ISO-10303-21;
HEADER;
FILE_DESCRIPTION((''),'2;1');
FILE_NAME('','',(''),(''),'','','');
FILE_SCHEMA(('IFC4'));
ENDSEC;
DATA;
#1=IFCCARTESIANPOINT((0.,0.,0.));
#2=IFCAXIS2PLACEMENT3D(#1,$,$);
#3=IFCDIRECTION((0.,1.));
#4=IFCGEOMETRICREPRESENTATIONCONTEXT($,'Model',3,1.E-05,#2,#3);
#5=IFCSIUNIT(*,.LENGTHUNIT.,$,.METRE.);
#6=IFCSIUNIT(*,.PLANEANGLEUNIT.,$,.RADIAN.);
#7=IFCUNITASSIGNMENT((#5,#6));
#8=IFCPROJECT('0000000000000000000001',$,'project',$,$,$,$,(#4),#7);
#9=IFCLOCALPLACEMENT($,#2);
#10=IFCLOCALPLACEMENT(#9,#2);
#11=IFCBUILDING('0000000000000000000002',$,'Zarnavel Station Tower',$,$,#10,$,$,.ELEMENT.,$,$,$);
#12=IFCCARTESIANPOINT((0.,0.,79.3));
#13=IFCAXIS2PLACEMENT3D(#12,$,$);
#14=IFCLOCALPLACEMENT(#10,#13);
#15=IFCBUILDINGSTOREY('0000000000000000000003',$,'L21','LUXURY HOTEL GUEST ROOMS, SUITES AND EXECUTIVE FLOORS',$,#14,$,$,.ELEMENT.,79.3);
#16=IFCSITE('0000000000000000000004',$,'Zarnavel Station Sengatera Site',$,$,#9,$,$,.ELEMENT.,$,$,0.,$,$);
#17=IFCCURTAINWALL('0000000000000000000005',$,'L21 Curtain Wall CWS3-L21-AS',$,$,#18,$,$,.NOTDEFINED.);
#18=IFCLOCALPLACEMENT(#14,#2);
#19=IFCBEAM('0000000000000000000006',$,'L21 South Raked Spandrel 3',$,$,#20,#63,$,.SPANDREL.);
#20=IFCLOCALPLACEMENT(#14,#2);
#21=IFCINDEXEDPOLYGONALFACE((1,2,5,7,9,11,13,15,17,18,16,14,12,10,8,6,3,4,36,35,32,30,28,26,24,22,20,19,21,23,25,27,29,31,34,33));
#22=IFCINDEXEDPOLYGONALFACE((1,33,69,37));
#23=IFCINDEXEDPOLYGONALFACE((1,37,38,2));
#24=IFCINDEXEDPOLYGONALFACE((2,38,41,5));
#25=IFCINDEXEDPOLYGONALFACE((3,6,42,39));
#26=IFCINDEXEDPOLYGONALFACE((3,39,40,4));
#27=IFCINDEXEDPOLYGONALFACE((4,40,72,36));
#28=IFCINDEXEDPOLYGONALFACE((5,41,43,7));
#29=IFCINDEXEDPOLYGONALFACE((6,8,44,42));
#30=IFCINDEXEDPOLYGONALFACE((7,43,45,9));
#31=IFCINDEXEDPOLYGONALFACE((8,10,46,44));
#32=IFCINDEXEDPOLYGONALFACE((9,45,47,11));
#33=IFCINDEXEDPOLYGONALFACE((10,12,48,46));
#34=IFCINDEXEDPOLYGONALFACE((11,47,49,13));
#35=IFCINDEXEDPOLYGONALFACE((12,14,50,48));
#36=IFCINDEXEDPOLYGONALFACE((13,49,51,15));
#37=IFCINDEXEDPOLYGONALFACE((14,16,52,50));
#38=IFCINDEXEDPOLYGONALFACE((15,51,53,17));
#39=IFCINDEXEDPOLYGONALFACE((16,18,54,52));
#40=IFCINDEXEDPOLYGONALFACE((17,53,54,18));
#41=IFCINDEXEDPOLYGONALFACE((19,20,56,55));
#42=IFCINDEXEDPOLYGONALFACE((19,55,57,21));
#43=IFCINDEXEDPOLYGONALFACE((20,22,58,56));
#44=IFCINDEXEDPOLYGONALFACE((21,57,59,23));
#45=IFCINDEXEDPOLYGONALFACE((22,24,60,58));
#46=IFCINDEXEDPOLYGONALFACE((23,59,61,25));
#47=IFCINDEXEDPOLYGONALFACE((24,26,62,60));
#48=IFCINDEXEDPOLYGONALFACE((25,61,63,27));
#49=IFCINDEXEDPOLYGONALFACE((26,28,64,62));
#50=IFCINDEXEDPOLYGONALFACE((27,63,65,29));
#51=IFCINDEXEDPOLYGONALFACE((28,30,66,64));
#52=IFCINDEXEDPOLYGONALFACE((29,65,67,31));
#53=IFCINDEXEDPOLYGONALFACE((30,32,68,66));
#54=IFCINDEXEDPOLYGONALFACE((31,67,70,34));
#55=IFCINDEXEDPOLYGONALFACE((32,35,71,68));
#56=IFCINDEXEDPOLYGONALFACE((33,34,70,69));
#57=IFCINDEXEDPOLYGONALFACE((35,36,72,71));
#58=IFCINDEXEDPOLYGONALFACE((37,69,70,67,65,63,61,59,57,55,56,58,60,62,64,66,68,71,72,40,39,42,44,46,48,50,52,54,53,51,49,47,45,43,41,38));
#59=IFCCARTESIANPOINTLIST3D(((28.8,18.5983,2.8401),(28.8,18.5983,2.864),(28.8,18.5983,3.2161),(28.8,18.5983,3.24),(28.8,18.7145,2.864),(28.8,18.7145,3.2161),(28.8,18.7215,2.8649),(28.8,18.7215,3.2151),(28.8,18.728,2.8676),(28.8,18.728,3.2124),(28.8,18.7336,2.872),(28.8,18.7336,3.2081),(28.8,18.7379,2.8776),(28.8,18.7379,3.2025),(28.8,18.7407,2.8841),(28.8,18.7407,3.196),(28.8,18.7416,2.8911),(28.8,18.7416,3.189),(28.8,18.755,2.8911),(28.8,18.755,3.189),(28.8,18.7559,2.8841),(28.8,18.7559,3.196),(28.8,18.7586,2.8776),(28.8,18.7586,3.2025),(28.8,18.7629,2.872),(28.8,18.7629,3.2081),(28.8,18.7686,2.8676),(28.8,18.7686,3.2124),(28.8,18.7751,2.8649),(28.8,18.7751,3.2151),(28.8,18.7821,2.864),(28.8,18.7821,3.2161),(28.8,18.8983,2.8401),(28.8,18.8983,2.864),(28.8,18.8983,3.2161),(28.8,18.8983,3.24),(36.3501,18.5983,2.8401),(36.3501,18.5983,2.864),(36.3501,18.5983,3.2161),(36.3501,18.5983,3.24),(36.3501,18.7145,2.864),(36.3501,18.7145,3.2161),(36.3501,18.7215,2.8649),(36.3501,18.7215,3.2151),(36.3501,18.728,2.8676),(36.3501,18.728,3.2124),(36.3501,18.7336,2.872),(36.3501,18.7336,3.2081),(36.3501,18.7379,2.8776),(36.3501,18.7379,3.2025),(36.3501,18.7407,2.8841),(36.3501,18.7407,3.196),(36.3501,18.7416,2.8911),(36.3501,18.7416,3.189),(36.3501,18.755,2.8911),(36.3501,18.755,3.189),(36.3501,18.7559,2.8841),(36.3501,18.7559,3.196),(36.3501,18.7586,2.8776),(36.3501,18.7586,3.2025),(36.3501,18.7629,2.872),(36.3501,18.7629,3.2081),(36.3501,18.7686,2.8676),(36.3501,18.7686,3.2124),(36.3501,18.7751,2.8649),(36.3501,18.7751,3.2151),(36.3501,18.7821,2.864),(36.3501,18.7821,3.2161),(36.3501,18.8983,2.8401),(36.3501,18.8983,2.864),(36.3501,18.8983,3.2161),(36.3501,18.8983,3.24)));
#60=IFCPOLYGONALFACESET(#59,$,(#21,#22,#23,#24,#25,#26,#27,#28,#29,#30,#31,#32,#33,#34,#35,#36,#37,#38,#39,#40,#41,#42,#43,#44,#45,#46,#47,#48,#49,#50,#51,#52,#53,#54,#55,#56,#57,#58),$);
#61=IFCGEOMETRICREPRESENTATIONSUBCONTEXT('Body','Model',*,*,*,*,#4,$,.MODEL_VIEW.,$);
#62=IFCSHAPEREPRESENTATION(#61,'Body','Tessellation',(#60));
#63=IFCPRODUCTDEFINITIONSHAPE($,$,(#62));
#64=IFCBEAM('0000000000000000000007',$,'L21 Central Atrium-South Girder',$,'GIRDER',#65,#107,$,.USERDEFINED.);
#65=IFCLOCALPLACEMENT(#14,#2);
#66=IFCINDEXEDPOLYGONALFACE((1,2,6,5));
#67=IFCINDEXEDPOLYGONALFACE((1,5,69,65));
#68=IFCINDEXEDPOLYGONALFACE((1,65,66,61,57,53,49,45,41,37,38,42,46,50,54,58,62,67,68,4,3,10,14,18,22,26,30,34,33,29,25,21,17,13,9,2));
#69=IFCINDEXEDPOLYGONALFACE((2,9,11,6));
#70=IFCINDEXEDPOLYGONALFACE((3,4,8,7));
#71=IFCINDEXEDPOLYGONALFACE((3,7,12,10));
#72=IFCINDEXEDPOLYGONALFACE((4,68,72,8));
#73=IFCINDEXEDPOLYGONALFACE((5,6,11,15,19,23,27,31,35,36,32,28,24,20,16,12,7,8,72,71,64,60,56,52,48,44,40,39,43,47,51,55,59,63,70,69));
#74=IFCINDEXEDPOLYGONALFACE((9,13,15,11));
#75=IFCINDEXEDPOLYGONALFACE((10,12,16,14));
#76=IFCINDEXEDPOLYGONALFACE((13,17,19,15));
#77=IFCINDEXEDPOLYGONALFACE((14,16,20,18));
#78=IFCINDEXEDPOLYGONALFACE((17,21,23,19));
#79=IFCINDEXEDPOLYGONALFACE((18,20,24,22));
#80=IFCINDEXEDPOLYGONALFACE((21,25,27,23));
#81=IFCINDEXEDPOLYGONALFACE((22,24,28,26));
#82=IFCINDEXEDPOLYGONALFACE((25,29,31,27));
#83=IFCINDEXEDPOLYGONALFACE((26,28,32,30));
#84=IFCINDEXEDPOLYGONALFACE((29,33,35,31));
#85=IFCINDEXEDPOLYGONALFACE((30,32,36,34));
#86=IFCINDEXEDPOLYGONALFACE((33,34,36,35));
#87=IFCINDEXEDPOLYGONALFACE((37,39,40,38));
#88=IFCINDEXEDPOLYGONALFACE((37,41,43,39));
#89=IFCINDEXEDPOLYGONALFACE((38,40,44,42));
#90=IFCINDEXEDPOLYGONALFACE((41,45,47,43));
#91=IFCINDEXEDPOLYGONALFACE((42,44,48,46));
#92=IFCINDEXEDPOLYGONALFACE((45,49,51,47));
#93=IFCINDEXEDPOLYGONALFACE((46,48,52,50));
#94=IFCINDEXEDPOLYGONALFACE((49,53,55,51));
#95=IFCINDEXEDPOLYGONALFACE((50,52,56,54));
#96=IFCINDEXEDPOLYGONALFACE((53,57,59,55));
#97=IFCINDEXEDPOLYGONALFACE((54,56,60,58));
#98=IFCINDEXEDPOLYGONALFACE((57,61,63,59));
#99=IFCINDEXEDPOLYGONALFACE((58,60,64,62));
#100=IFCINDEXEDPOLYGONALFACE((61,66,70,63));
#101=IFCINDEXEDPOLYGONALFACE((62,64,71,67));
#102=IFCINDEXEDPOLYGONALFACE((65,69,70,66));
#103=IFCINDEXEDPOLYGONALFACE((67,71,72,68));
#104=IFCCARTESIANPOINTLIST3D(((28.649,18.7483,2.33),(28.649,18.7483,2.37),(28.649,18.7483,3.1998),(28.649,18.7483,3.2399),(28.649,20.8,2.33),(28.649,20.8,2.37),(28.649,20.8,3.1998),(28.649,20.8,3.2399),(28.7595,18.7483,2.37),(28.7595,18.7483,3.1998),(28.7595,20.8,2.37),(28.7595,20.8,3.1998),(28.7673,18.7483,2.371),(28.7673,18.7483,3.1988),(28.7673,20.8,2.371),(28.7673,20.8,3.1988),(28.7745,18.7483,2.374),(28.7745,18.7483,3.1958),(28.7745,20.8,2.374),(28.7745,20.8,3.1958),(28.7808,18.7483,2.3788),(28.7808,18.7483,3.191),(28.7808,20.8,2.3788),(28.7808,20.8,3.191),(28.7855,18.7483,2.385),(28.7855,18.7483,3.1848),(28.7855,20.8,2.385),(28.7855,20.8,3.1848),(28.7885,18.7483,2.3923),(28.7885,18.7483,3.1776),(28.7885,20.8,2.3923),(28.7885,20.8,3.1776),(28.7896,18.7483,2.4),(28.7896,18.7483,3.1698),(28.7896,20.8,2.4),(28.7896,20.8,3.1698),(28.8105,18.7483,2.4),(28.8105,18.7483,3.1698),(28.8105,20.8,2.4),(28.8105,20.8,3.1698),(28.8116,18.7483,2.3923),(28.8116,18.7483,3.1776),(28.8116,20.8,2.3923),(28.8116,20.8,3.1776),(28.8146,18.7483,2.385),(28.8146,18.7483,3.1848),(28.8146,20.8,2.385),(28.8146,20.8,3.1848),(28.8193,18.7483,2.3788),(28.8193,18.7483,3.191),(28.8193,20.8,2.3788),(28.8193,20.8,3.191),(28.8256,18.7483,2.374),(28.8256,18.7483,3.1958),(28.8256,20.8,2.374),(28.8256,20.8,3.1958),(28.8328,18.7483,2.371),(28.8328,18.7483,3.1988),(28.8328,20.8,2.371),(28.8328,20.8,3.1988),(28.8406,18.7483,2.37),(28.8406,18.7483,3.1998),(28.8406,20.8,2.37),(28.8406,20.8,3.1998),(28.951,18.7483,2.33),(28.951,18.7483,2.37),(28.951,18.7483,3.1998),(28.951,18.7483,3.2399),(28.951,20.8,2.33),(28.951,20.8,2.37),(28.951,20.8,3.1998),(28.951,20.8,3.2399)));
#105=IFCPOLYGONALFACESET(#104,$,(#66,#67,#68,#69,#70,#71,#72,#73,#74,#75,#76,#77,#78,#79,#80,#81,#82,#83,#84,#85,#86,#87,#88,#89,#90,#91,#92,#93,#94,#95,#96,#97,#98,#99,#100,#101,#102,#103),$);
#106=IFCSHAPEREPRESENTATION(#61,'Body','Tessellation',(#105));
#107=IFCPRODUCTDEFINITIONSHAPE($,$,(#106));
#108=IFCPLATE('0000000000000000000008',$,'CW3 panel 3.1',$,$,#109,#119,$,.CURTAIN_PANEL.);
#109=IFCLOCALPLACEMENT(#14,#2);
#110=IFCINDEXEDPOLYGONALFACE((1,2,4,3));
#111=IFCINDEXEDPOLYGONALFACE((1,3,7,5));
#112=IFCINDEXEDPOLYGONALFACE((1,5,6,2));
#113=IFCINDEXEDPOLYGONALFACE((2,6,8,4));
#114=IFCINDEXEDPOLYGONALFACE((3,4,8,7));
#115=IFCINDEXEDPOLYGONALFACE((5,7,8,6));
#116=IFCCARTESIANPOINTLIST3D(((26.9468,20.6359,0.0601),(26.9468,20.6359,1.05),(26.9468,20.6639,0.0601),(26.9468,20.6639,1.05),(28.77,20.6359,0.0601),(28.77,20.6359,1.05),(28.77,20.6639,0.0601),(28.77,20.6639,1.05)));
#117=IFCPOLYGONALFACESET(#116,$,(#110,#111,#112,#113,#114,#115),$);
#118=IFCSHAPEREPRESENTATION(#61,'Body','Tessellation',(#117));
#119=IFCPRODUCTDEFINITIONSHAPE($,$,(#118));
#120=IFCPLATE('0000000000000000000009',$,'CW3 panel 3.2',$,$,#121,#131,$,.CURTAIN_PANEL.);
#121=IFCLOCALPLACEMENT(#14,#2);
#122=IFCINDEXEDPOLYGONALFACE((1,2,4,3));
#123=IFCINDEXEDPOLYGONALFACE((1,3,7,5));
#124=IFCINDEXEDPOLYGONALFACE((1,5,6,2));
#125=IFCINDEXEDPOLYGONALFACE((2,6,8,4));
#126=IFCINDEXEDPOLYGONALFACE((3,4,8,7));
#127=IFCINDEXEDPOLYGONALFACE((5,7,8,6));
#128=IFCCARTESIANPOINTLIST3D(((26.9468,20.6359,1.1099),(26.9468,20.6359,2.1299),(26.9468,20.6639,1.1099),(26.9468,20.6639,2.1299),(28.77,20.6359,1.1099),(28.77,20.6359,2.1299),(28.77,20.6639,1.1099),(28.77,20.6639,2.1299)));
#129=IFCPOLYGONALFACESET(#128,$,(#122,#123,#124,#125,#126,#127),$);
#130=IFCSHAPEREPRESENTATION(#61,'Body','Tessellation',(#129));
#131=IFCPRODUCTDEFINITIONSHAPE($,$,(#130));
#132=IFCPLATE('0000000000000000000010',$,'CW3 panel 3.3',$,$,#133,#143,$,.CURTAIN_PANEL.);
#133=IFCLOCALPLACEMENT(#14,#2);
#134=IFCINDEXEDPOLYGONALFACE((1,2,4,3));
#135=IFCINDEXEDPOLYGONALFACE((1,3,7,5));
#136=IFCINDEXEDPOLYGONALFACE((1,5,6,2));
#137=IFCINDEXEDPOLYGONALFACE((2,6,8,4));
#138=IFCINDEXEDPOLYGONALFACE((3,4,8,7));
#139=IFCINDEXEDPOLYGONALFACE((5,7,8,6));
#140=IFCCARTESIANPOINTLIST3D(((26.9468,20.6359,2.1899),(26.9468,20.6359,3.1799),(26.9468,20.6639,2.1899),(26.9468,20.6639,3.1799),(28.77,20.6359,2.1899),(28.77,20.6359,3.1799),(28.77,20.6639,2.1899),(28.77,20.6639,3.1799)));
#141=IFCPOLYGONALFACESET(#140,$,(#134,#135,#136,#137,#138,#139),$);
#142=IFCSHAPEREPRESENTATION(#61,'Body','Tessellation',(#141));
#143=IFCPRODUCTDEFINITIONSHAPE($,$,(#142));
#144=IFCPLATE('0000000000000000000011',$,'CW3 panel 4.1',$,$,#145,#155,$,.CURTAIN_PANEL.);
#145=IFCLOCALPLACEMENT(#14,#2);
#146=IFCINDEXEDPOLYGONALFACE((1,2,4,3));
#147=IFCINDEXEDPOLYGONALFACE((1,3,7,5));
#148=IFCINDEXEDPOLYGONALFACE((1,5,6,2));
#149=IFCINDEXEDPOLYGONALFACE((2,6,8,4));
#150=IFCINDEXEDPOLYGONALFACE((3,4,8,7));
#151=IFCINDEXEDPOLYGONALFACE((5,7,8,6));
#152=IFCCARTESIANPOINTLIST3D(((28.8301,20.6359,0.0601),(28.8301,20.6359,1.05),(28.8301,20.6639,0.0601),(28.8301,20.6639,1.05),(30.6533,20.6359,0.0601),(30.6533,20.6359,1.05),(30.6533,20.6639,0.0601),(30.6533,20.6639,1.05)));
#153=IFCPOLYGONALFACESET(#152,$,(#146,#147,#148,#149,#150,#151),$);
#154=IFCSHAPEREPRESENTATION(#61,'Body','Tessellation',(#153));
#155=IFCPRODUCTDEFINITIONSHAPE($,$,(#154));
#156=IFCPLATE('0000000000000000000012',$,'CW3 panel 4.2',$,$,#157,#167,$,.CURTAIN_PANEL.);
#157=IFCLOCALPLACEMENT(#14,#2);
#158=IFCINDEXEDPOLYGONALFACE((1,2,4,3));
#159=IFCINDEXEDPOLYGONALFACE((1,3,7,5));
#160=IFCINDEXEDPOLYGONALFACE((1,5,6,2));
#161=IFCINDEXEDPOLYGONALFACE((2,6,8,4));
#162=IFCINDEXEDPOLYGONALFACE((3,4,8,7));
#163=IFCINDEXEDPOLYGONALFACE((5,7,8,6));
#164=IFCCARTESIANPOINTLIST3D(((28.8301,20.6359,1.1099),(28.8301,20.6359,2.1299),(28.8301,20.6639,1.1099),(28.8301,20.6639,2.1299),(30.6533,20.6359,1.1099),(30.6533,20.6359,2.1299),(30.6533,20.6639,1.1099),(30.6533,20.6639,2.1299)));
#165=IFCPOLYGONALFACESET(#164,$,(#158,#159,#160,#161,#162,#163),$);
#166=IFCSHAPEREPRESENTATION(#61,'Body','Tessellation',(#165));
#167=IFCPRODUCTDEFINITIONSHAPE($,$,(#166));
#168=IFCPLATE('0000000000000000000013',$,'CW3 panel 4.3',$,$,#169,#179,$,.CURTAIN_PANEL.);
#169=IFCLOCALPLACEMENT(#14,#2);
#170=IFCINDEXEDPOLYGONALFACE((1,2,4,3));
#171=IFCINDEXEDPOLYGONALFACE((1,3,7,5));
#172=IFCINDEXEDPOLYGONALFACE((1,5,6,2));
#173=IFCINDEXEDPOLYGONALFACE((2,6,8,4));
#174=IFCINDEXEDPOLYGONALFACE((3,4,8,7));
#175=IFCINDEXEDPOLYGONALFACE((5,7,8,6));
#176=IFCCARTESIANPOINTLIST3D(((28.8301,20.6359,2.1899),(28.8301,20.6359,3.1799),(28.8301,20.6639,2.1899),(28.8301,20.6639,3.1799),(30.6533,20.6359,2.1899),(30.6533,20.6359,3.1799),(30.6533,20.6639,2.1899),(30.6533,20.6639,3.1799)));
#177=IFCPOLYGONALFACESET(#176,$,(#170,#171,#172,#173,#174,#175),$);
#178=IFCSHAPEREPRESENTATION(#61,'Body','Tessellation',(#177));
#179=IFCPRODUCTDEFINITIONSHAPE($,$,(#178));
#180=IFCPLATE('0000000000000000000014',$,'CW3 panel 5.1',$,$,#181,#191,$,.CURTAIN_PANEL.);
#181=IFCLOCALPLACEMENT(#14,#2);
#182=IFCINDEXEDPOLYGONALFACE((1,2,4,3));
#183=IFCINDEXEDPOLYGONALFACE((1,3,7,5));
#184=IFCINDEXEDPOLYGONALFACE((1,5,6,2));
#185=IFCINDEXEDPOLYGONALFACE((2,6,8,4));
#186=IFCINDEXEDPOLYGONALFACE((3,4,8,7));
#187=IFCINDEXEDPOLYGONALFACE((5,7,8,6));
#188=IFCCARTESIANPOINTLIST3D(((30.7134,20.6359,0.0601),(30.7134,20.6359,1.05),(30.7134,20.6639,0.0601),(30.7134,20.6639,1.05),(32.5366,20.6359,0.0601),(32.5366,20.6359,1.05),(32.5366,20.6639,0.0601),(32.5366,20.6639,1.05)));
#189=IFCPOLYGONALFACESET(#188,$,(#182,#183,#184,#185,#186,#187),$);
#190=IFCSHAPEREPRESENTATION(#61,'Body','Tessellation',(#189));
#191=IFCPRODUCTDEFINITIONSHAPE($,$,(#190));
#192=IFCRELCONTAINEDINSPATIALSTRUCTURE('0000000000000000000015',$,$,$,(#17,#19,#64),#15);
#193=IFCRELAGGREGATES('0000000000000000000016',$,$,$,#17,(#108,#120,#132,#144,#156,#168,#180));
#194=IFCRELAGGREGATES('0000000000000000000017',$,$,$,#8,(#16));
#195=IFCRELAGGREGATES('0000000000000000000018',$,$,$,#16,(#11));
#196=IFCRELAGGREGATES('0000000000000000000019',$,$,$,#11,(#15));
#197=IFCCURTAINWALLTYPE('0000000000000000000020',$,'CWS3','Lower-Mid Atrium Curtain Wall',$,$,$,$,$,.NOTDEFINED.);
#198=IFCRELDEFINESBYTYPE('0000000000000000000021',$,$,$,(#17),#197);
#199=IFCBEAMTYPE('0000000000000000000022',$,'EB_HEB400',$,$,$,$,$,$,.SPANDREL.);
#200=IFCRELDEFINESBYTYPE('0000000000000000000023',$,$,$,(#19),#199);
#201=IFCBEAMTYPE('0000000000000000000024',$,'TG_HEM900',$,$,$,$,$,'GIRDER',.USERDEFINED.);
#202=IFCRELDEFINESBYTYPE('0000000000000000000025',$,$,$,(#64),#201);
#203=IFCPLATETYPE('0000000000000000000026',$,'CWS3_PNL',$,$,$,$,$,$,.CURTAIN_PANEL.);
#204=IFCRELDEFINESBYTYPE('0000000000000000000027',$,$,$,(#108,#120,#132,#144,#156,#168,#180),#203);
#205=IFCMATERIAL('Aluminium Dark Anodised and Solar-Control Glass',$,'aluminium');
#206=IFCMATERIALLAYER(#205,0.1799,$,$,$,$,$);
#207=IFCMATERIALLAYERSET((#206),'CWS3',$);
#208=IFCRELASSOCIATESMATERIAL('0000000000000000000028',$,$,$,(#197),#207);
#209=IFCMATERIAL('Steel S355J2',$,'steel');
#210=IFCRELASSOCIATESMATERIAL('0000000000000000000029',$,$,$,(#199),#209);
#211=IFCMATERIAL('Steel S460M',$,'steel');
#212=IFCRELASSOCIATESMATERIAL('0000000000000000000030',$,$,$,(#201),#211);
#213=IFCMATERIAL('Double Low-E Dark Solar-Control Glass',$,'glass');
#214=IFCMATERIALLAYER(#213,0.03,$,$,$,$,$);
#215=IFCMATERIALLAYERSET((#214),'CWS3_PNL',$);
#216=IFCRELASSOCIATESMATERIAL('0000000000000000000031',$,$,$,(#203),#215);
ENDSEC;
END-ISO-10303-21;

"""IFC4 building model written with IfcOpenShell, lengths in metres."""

from ifc_helpers import new_model, si_unit, direction, frame, origin, origin_2d, place, context, subcontext, project, spatial, rectangle, i_section, extrude, material, layer, layer_set, material_profile, profile_set, type_object, element, aggregate, save


model = new_model("IFC4")

# Units and contexts
model_context = context("Model", 3, precision=1e-05, world=origin(), true_north=direction((0.0, 1.0)))
body_context = subcontext(model_context, "Body", "Model", "MODEL_VIEW")
ifc_project = project(units=[si_unit("LENGTHUNIT", "METRE"), si_unit("PLANEANGLEUNIT", "RADIAN")], contexts=[model_context])

# Site, building, storey
site_placement = place(None, origin())
site = spatial("IfcSite", under=ifc_project, at=site_placement, Name="Zarnavel Station Sengatera Site", CompositionType="ELEMENT", RefElevation=0.0)
building_placement = place(site_placement, origin())
building = spatial("IfcBuilding", under=site, at=building_placement, Name="Zarnavel Station Tower", CompositionType="ELEMENT")
storey_placement = place(building_placement, frame((0.0, 0.0, 79.3)))
storey = spatial("IfcBuildingStorey", under=building, at=storey_placement, Name="L21", Description="LUXURY HOTEL GUEST ROOMS, SUITES AND EXECUTIVE FLOORS", CompositionType="ELEMENT", Elevation=79.3)

# Curtain wall
ifc_material_1 = material(Name="Aluminium Dark Anodised and Solar-Control Glass", Category="aluminium")
ifc_layer_1 = layer(ifc_material_1, 0.1799)
ifc_layer_set_1 = layer_set([ifc_layer_1], Name="CWS3")
curtain_wall_type = type_object("IfcCurtainWallType", Name="CWS3", Description="Lower-Mid Atrium Curtain Wall", PredefinedType="NOTDEFINED", material=ifc_layer_set_1)
curtain_wall_placement = place(storey_placement, origin())
curtain_wall = element("IfcCurtainWall", 1, at=curtain_wall_placement, inside=storey, type_object=curtain_wall_type, Name="L21 Curtain Wall CWS3-L21-AS", PredefinedType="NOTDEFINED")

# Beams
ifc_material_2 = material(Name="Steel S355J2", Category="steel")
ifc_material_profile_1 = material_profile(ifc_material_2, i_section(OverallWidth=0.3, OverallDepth=0.3999, WebThickness=0.0134, FlangeThickness=0.0239, FilletRadius=0.0271, at=origin_2d()), Name="HEB400")
ifc_profile_set_1 = profile_set([ifc_material_profile_1], Name="Steel S355J2")
beam_type_1 = type_object("IfcBeamType", Name="EB_HEB400", PredefinedType="SPANDREL", material=ifc_profile_set_1)
beam_1_placement = place(storey_placement, frame((28.8, 18.7483, 3.04), z_axis=(1.0, 0.0, 0.0), x_axis=(0.0, 1.0, 0.0)))
element("IfcBeam", 2, at=beam_1_placement, inside=storey, type_object=beam_type_1, Name="L21 South Raked Spandrel 3", PredefinedType="SPANDREL", context=body_context, shape_type="SweptSolid", body=[
    extrude(i_section(OverallWidth=0.3, OverallDepth=0.3999, WebThickness=0.0134, FlangeThickness=0.0239, FilletRadius=0.0271, at=origin_2d()), origin(), (0.0, 0.0, 1.0), 7.55),
])
ifc_material_3 = material(Name="Steel S460M", Category="steel")
ifc_material_profile_2 = material_profile(ifc_material_3, i_section(OverallWidth=0.302, OverallDepth=0.9099, WebThickness=0.021, FlangeThickness=0.04, FilletRadius=0.03, at=origin_2d()), Name="HEM900")
ifc_profile_set_2 = profile_set([ifc_material_profile_2], Name="Steel S460M")
beam_type_2 = type_object("IfcBeamType", Name="TG_HEM900", ElementType="GIRDER", PredefinedType="USERDEFINED", material=ifc_profile_set_2)
beam_2_placement = place(storey_placement, frame((28.8, 18.7483, 2.7849), z_axis=(0.0, 1.0, 0.0), x_axis=(-1.0, 0.0, 0.0)))
element("IfcBeam", 3, at=beam_2_placement, inside=storey, type_object=beam_type_2, Name="L21 Central Atrium-South Girder", ObjectType="GIRDER", PredefinedType="USERDEFINED", context=body_context, shape_type="SweptSolid", body=[
    extrude(i_section(OverallWidth=0.302, OverallDepth=0.9099, WebThickness=0.021, FlangeThickness=0.04, FilletRadius=0.03, at=origin_2d()), origin(), (0.0, 0.0, 1.0), 2.0518),
])

# Plates
ifc_material_4 = material(Name="Double Low-E Dark Solar-Control Glass", Category="glass")
ifc_layer_2 = layer(ifc_material_4, 0.03)
ifc_layer_set_2 = layer_set([ifc_layer_2], Name="CWS3_PNL")
plate_type = type_object("IfcPlateType", Name="CWS3_PNL", PredefinedType="CURTAIN_PANEL", material=ifc_layer_set_2)
plate_1_placement = place(storey_placement, frame((27.8584, 20.6499, 0.0601), z_axis=(0.0, 0.0, 1.0), x_axis=(1.0, 0.0, 0.0)))
plate_1 = element("IfcPlate", 4, at=plate_1_placement, type_object=plate_type, Name="CW3 panel 3.1", PredefinedType="CURTAIN_PANEL", context=body_context, shape_type="SweptSolid", body=[
    extrude(rectangle(XDim=1.8232, YDim=0.0281, at=origin_2d()), origin(), (0.0, 0.0, 1.0), 0.99),
])
plate_2_placement = place(storey_placement, frame((27.8584, 20.6499, 1.1099), z_axis=(0.0, 0.0, 1.0), x_axis=(1.0, 0.0, 0.0)))
plate_2 = element("IfcPlate", 5, at=plate_2_placement, type_object=plate_type, Name="CW3 panel 3.2", PredefinedType="CURTAIN_PANEL", context=body_context, shape_type="SweptSolid", body=[
    extrude(rectangle(XDim=1.8232, YDim=0.0281, at=origin_2d()), origin(), (0.0, 0.0, 1.0), 1.02),
])
plate_3_placement = place(storey_placement, frame((27.8584, 20.6499, 2.1899), z_axis=(0.0, 0.0, 1.0), x_axis=(1.0, 0.0, 0.0)))
plate_3 = element("IfcPlate", 6, at=plate_3_placement, type_object=plate_type, Name="CW3 panel 3.3", PredefinedType="CURTAIN_PANEL", context=body_context, shape_type="SweptSolid", body=[
    extrude(rectangle(XDim=1.8232, YDim=0.0281, at=origin_2d()), origin(), (0.0, 0.0, 1.0), 0.99),
])
plate_4_placement = place(storey_placement, frame((29.7417, 20.6499, 0.0601), z_axis=(0.0, 0.0, 1.0), x_axis=(1.0, 0.0, 0.0)))
plate_4 = element("IfcPlate", 7, at=plate_4_placement, type_object=plate_type, Name="CW3 panel 4.1", PredefinedType="CURTAIN_PANEL", context=body_context, shape_type="SweptSolid", body=[
    extrude(rectangle(XDim=1.8232, YDim=0.0281, at=origin_2d()), origin(), (0.0, 0.0, 1.0), 0.99),
])
plate_5_placement = place(storey_placement, frame((29.7417, 20.6499, 1.1099), z_axis=(0.0, 0.0, 1.0), x_axis=(1.0, 0.0, 0.0)))
plate_5 = element("IfcPlate", 8, at=plate_5_placement, type_object=plate_type, Name="CW3 panel 4.2", PredefinedType="CURTAIN_PANEL", context=body_context, shape_type="SweptSolid", body=[
    extrude(rectangle(XDim=1.8232, YDim=0.0281, at=origin_2d()), origin(), (0.0, 0.0, 1.0), 1.02),
])
plate_6_placement = place(storey_placement, frame((29.7417, 20.6499, 2.1899), z_axis=(0.0, 0.0, 1.0), x_axis=(1.0, 0.0, 0.0)))
plate_6 = element("IfcPlate", 9, at=plate_6_placement, type_object=plate_type, Name="CW3 panel 4.3", PredefinedType="CURTAIN_PANEL", context=body_context, shape_type="SweptSolid", body=[
    extrude(rectangle(XDim=1.8232, YDim=0.0281, at=origin_2d()), origin(), (0.0, 0.0, 1.0), 0.99),
])
plate_7_placement = place(storey_placement, frame((31.625, 20.6499, 0.0601), z_axis=(0.0, 0.0, 1.0), x_axis=(1.0, 0.0, 0.0)))
plate_7 = element("IfcPlate", 10, at=plate_7_placement, type_object=plate_type, Name="CW3 panel 5.1", PredefinedType="CURTAIN_PANEL", context=body_context, shape_type="SweptSolid", body=[
    extrude(rectangle(XDim=1.8232, YDim=0.0281, at=origin_2d()), origin(), (0.0, 0.0, 1.0), 0.99),
])
aggregate(curtain_wall, [plate_1, plate_2, plate_3, plate_4, plate_5, plate_6, plate_7])

save(model, "model.ifc")
